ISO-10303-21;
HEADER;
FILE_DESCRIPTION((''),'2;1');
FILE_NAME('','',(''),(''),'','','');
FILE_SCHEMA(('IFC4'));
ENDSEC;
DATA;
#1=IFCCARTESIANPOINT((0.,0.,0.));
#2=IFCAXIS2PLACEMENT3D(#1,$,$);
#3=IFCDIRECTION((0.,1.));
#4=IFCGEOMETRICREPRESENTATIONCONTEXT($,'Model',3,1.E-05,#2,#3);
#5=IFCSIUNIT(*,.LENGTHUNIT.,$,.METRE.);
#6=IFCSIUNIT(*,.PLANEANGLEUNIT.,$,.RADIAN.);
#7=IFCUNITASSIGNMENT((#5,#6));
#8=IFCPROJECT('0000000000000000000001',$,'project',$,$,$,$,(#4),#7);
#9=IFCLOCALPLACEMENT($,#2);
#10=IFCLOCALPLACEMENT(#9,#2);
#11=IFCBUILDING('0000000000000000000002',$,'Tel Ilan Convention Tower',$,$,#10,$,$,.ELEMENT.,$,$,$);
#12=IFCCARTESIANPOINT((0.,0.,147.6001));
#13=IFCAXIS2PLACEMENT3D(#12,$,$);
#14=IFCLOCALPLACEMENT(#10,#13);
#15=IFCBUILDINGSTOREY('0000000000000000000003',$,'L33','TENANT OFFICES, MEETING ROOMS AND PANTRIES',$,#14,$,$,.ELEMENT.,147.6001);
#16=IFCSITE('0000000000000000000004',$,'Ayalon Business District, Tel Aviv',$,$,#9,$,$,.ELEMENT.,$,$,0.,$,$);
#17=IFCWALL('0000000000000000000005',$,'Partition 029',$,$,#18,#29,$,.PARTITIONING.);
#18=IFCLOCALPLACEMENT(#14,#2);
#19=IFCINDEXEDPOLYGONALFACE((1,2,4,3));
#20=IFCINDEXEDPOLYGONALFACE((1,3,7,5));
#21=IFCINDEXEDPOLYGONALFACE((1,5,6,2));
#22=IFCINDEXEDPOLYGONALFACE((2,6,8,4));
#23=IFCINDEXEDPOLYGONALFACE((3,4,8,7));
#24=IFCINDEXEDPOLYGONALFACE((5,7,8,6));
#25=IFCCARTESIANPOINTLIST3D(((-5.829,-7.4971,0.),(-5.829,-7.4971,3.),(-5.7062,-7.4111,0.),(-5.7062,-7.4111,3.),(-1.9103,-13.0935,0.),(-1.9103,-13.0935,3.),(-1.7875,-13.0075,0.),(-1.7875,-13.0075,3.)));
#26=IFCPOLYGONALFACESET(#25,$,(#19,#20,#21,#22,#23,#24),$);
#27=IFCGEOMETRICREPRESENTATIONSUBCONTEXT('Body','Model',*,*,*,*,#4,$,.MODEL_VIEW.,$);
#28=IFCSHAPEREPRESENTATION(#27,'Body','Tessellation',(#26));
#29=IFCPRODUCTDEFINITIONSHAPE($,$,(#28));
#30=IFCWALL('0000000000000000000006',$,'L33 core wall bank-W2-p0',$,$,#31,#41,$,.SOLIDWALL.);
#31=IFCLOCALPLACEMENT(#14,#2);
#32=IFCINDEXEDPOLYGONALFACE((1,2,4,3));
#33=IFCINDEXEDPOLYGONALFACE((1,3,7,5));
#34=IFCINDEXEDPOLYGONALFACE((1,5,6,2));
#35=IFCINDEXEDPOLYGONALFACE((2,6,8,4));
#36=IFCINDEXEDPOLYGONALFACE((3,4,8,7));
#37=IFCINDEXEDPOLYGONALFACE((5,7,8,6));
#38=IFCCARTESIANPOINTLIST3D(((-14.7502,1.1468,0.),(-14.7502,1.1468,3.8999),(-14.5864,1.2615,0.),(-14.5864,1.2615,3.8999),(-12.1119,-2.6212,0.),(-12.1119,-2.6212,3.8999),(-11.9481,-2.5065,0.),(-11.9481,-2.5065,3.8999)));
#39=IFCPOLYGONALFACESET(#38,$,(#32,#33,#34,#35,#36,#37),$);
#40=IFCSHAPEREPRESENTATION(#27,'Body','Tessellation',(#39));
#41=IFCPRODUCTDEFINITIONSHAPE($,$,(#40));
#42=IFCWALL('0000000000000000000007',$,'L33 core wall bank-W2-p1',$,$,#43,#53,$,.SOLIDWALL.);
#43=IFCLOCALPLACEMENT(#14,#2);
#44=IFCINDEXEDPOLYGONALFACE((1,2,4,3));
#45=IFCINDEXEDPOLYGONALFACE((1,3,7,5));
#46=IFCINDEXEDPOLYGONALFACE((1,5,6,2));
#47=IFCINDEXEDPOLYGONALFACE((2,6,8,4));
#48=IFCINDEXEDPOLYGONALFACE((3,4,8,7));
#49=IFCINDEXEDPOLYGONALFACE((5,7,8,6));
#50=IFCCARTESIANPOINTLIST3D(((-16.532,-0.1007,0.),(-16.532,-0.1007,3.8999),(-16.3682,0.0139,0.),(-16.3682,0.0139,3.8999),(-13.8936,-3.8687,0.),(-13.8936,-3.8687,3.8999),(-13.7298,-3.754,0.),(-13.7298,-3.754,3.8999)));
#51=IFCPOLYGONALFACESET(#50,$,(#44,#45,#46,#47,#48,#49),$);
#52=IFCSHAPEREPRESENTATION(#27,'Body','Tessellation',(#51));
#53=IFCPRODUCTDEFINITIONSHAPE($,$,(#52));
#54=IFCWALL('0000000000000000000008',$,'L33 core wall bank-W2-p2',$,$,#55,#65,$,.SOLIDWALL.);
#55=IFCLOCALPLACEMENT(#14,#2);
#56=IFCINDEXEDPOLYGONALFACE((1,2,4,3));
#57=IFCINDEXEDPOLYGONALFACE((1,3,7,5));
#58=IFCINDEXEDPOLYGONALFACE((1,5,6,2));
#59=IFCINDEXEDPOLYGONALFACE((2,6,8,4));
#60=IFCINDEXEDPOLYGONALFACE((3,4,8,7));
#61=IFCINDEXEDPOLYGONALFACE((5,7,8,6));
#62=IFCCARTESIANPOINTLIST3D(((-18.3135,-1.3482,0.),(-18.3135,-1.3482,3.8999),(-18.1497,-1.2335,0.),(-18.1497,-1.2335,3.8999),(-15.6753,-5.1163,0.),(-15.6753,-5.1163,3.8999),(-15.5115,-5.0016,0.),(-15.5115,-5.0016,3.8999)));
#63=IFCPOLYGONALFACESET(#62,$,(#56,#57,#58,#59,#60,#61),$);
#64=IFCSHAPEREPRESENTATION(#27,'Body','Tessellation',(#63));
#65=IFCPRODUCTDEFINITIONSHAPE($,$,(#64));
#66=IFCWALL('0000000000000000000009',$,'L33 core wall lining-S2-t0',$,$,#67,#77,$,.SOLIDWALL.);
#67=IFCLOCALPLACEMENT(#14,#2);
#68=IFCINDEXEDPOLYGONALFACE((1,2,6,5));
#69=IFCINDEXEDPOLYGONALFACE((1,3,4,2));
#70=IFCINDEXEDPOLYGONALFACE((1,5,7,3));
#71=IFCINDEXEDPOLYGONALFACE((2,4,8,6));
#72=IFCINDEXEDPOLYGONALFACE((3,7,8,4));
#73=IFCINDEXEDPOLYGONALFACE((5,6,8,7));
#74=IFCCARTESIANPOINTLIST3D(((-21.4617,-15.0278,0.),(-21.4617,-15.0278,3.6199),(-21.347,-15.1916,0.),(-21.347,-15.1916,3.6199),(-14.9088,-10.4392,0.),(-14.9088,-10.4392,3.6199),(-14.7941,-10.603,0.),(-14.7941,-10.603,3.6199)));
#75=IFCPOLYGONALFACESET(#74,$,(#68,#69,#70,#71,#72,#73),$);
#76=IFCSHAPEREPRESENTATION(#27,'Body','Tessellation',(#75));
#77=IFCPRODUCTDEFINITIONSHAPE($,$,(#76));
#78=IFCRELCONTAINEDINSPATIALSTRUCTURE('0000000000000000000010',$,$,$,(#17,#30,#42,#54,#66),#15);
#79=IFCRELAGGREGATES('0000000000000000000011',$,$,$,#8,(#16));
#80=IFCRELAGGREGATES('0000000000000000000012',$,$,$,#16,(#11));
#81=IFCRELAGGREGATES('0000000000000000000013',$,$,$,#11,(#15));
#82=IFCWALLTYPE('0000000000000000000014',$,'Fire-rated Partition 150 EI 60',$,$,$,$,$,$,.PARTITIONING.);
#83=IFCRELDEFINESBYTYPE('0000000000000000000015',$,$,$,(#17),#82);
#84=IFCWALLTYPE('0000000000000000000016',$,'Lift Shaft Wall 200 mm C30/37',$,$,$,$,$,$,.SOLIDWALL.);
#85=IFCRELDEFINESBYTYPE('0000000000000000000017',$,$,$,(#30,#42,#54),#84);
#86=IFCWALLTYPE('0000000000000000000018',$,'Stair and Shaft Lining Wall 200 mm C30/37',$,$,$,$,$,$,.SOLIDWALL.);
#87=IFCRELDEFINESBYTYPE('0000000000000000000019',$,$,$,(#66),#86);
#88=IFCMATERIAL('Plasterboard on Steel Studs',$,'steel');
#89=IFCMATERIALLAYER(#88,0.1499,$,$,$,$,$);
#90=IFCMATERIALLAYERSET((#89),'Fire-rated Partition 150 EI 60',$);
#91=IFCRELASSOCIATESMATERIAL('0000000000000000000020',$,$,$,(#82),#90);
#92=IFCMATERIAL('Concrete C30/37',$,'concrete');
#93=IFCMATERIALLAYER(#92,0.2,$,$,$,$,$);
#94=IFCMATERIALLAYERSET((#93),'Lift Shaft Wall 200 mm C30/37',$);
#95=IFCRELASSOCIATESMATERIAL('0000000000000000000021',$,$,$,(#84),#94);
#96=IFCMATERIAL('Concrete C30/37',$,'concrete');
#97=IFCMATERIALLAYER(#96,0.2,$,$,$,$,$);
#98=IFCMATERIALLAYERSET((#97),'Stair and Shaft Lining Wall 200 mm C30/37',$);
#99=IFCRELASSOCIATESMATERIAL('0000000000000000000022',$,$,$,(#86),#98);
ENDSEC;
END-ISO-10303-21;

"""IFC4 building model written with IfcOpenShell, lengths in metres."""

from ifc_helpers import new_model, si_unit, direction, frame, frame_2d, origin, place, context, subcontext, project, spatial, rectangle, extrude, material, layer, layer_set, type_object, element, save


model = new_model("IFC4")

# Units and contexts
model_context = context("Model", 3, precision=1e-05, world=origin(), true_north=direction((0.0, 1.0)))
body_context = subcontext(model_context, "Body", "Model", "MODEL_VIEW")
ifc_project = project(units=[si_unit("LENGTHUNIT", "METRE"), si_unit("PLANEANGLEUNIT", "RADIAN")], contexts=[model_context])

# Site, building, storey
site_placement = place(None, origin())
site = spatial("IfcSite", under=ifc_project, at=site_placement, Name="Ayalon Business District, Tel Aviv", CompositionType="ELEMENT", RefElevation=0.0)
building_placement = place(site_placement, origin())
building = spatial("IfcBuilding", under=site, at=building_placement, Name="Tel Ilan Convention Tower", CompositionType="ELEMENT")
storey_placement = place(building_placement, frame((0.0, 0.0, 147.6001)))
storey = spatial("IfcBuildingStorey", under=building, at=storey_placement, Name="L33", Description="TENANT OFFICES, MEETING ROOMS AND PANTRIES", CompositionType="ELEMENT", Elevation=147.6001)

# Shared definitions
ifc_material_1 = material(Name="Plasterboard on Steel Studs", Category="steel")
ifc_layer_1 = layer(ifc_material_1, 0.1499)
ifc_layer_set_1 = layer_set([ifc_layer_1], Name="Fire-rated Partition 150 EI 60")
wall_type_1 = type_object("IfcWallType", Name="Fire-rated Partition 150 EI 60", PredefinedType="PARTITIONING", material=ifc_layer_set_1)

# Walls
wall_1_placement = place(storey_placement, frame((-1.8489, -13.0505, 0.0), z_axis=(0.0, 0.0, 1.0), x_axis=(-0.57358, 0.81915, 0.0)))
element("IfcWall", 1, at=wall_1_placement, inside=storey, type_object=wall_type_1, Name="Partition 029", PredefinedType="PARTITIONING", context=body_context, shape_type="SweptSolid", body=[
    extrude(rectangle(XDim=6.832, YDim=0.1499, at=frame_2d((3.416, 0.0))), origin(), (0.0, 0.0, 1.0), 3.0),
])
ifc_material_2 = material(Name="Concrete C30/37", Category="concrete")
ifc_layer_2 = layer(ifc_material_2, 0.2)
ifc_layer_set_2 = layer_set([ifc_layer_2], Name="Lift Shaft Wall 200 mm C30/37")
wall_type_2 = type_object("IfcWallType", Name="Lift Shaft Wall 200 mm C30/37", PredefinedType="SOLIDWALL", material=ifc_layer_set_2)
for number, where, z_axis, x_axis, name in (
    (2, (-12.03, -2.5637, 0.0), (0.0, 0.0, 1.0), (-0.573576, 0.819152, 0.0), "L33 core wall bank-W2-p0"),
    (3, (-13.8118, -3.8113, 0.0), (0.0, 0.0, 1.0), (-0.573576, 0.819152, 0.0), "L33 core wall bank-W2-p1"),
    (4, (-15.5935, -5.0588, 0.0), (0.0, 0.0, 1.0), (-0.573541, 0.819177, 0.0), "L33 core wall bank-W2-p2"),
):
    element("IfcWall", number, at=place(storey_placement, frame(where, z_axis=z_axis, x_axis=x_axis)), inside=storey, type_object=wall_type_2, Name=name, PredefinedType="SOLIDWALL", context=body_context, shape_type="SweptSolid", body=[
        extrude(rectangle(XDim=4.5999, YDim=0.2, at=frame_2d((2.2998, 0.0))), origin(), (0.0, 0.0, 1.0), 3.8999),
    ])
ifc_material_3 = material(Name="Concrete C30/37", Category="concrete")
ifc_layer_3 = layer(ifc_material_3, 0.2)
ifc_layer_set_3 = layer_set([ifc_layer_3], Name="Stair and Shaft Lining Wall 200 mm C30/37")
wall_type_3 = type_object("IfcWallType", Name="Stair and Shaft Lining Wall 200 mm C30/37", PredefinedType="SOLIDWALL", material=ifc_layer_set_3)
wall_2_placement = place(storey_placement, frame((-14.8513, -10.521, 0.0), z_axis=(0.0, 0.0, 1.0), x_axis=(-0.819142, -0.573591, 0.0)))
element("IfcWall", 5, at=wall_2_placement, inside=storey, type_object=wall_type_3, Name="L33 core wall lining-S2-t0", PredefinedType="SOLIDWALL", context=body_context, shape_type="SweptSolid", body=[
    extrude(rectangle(XDim=7.9998, YDim=0.2, at=frame_2d((4.0, 0.0))), origin(), (0.0, 0.0, 1.0), 3.6199),
])

save(model, "model.ifc")
